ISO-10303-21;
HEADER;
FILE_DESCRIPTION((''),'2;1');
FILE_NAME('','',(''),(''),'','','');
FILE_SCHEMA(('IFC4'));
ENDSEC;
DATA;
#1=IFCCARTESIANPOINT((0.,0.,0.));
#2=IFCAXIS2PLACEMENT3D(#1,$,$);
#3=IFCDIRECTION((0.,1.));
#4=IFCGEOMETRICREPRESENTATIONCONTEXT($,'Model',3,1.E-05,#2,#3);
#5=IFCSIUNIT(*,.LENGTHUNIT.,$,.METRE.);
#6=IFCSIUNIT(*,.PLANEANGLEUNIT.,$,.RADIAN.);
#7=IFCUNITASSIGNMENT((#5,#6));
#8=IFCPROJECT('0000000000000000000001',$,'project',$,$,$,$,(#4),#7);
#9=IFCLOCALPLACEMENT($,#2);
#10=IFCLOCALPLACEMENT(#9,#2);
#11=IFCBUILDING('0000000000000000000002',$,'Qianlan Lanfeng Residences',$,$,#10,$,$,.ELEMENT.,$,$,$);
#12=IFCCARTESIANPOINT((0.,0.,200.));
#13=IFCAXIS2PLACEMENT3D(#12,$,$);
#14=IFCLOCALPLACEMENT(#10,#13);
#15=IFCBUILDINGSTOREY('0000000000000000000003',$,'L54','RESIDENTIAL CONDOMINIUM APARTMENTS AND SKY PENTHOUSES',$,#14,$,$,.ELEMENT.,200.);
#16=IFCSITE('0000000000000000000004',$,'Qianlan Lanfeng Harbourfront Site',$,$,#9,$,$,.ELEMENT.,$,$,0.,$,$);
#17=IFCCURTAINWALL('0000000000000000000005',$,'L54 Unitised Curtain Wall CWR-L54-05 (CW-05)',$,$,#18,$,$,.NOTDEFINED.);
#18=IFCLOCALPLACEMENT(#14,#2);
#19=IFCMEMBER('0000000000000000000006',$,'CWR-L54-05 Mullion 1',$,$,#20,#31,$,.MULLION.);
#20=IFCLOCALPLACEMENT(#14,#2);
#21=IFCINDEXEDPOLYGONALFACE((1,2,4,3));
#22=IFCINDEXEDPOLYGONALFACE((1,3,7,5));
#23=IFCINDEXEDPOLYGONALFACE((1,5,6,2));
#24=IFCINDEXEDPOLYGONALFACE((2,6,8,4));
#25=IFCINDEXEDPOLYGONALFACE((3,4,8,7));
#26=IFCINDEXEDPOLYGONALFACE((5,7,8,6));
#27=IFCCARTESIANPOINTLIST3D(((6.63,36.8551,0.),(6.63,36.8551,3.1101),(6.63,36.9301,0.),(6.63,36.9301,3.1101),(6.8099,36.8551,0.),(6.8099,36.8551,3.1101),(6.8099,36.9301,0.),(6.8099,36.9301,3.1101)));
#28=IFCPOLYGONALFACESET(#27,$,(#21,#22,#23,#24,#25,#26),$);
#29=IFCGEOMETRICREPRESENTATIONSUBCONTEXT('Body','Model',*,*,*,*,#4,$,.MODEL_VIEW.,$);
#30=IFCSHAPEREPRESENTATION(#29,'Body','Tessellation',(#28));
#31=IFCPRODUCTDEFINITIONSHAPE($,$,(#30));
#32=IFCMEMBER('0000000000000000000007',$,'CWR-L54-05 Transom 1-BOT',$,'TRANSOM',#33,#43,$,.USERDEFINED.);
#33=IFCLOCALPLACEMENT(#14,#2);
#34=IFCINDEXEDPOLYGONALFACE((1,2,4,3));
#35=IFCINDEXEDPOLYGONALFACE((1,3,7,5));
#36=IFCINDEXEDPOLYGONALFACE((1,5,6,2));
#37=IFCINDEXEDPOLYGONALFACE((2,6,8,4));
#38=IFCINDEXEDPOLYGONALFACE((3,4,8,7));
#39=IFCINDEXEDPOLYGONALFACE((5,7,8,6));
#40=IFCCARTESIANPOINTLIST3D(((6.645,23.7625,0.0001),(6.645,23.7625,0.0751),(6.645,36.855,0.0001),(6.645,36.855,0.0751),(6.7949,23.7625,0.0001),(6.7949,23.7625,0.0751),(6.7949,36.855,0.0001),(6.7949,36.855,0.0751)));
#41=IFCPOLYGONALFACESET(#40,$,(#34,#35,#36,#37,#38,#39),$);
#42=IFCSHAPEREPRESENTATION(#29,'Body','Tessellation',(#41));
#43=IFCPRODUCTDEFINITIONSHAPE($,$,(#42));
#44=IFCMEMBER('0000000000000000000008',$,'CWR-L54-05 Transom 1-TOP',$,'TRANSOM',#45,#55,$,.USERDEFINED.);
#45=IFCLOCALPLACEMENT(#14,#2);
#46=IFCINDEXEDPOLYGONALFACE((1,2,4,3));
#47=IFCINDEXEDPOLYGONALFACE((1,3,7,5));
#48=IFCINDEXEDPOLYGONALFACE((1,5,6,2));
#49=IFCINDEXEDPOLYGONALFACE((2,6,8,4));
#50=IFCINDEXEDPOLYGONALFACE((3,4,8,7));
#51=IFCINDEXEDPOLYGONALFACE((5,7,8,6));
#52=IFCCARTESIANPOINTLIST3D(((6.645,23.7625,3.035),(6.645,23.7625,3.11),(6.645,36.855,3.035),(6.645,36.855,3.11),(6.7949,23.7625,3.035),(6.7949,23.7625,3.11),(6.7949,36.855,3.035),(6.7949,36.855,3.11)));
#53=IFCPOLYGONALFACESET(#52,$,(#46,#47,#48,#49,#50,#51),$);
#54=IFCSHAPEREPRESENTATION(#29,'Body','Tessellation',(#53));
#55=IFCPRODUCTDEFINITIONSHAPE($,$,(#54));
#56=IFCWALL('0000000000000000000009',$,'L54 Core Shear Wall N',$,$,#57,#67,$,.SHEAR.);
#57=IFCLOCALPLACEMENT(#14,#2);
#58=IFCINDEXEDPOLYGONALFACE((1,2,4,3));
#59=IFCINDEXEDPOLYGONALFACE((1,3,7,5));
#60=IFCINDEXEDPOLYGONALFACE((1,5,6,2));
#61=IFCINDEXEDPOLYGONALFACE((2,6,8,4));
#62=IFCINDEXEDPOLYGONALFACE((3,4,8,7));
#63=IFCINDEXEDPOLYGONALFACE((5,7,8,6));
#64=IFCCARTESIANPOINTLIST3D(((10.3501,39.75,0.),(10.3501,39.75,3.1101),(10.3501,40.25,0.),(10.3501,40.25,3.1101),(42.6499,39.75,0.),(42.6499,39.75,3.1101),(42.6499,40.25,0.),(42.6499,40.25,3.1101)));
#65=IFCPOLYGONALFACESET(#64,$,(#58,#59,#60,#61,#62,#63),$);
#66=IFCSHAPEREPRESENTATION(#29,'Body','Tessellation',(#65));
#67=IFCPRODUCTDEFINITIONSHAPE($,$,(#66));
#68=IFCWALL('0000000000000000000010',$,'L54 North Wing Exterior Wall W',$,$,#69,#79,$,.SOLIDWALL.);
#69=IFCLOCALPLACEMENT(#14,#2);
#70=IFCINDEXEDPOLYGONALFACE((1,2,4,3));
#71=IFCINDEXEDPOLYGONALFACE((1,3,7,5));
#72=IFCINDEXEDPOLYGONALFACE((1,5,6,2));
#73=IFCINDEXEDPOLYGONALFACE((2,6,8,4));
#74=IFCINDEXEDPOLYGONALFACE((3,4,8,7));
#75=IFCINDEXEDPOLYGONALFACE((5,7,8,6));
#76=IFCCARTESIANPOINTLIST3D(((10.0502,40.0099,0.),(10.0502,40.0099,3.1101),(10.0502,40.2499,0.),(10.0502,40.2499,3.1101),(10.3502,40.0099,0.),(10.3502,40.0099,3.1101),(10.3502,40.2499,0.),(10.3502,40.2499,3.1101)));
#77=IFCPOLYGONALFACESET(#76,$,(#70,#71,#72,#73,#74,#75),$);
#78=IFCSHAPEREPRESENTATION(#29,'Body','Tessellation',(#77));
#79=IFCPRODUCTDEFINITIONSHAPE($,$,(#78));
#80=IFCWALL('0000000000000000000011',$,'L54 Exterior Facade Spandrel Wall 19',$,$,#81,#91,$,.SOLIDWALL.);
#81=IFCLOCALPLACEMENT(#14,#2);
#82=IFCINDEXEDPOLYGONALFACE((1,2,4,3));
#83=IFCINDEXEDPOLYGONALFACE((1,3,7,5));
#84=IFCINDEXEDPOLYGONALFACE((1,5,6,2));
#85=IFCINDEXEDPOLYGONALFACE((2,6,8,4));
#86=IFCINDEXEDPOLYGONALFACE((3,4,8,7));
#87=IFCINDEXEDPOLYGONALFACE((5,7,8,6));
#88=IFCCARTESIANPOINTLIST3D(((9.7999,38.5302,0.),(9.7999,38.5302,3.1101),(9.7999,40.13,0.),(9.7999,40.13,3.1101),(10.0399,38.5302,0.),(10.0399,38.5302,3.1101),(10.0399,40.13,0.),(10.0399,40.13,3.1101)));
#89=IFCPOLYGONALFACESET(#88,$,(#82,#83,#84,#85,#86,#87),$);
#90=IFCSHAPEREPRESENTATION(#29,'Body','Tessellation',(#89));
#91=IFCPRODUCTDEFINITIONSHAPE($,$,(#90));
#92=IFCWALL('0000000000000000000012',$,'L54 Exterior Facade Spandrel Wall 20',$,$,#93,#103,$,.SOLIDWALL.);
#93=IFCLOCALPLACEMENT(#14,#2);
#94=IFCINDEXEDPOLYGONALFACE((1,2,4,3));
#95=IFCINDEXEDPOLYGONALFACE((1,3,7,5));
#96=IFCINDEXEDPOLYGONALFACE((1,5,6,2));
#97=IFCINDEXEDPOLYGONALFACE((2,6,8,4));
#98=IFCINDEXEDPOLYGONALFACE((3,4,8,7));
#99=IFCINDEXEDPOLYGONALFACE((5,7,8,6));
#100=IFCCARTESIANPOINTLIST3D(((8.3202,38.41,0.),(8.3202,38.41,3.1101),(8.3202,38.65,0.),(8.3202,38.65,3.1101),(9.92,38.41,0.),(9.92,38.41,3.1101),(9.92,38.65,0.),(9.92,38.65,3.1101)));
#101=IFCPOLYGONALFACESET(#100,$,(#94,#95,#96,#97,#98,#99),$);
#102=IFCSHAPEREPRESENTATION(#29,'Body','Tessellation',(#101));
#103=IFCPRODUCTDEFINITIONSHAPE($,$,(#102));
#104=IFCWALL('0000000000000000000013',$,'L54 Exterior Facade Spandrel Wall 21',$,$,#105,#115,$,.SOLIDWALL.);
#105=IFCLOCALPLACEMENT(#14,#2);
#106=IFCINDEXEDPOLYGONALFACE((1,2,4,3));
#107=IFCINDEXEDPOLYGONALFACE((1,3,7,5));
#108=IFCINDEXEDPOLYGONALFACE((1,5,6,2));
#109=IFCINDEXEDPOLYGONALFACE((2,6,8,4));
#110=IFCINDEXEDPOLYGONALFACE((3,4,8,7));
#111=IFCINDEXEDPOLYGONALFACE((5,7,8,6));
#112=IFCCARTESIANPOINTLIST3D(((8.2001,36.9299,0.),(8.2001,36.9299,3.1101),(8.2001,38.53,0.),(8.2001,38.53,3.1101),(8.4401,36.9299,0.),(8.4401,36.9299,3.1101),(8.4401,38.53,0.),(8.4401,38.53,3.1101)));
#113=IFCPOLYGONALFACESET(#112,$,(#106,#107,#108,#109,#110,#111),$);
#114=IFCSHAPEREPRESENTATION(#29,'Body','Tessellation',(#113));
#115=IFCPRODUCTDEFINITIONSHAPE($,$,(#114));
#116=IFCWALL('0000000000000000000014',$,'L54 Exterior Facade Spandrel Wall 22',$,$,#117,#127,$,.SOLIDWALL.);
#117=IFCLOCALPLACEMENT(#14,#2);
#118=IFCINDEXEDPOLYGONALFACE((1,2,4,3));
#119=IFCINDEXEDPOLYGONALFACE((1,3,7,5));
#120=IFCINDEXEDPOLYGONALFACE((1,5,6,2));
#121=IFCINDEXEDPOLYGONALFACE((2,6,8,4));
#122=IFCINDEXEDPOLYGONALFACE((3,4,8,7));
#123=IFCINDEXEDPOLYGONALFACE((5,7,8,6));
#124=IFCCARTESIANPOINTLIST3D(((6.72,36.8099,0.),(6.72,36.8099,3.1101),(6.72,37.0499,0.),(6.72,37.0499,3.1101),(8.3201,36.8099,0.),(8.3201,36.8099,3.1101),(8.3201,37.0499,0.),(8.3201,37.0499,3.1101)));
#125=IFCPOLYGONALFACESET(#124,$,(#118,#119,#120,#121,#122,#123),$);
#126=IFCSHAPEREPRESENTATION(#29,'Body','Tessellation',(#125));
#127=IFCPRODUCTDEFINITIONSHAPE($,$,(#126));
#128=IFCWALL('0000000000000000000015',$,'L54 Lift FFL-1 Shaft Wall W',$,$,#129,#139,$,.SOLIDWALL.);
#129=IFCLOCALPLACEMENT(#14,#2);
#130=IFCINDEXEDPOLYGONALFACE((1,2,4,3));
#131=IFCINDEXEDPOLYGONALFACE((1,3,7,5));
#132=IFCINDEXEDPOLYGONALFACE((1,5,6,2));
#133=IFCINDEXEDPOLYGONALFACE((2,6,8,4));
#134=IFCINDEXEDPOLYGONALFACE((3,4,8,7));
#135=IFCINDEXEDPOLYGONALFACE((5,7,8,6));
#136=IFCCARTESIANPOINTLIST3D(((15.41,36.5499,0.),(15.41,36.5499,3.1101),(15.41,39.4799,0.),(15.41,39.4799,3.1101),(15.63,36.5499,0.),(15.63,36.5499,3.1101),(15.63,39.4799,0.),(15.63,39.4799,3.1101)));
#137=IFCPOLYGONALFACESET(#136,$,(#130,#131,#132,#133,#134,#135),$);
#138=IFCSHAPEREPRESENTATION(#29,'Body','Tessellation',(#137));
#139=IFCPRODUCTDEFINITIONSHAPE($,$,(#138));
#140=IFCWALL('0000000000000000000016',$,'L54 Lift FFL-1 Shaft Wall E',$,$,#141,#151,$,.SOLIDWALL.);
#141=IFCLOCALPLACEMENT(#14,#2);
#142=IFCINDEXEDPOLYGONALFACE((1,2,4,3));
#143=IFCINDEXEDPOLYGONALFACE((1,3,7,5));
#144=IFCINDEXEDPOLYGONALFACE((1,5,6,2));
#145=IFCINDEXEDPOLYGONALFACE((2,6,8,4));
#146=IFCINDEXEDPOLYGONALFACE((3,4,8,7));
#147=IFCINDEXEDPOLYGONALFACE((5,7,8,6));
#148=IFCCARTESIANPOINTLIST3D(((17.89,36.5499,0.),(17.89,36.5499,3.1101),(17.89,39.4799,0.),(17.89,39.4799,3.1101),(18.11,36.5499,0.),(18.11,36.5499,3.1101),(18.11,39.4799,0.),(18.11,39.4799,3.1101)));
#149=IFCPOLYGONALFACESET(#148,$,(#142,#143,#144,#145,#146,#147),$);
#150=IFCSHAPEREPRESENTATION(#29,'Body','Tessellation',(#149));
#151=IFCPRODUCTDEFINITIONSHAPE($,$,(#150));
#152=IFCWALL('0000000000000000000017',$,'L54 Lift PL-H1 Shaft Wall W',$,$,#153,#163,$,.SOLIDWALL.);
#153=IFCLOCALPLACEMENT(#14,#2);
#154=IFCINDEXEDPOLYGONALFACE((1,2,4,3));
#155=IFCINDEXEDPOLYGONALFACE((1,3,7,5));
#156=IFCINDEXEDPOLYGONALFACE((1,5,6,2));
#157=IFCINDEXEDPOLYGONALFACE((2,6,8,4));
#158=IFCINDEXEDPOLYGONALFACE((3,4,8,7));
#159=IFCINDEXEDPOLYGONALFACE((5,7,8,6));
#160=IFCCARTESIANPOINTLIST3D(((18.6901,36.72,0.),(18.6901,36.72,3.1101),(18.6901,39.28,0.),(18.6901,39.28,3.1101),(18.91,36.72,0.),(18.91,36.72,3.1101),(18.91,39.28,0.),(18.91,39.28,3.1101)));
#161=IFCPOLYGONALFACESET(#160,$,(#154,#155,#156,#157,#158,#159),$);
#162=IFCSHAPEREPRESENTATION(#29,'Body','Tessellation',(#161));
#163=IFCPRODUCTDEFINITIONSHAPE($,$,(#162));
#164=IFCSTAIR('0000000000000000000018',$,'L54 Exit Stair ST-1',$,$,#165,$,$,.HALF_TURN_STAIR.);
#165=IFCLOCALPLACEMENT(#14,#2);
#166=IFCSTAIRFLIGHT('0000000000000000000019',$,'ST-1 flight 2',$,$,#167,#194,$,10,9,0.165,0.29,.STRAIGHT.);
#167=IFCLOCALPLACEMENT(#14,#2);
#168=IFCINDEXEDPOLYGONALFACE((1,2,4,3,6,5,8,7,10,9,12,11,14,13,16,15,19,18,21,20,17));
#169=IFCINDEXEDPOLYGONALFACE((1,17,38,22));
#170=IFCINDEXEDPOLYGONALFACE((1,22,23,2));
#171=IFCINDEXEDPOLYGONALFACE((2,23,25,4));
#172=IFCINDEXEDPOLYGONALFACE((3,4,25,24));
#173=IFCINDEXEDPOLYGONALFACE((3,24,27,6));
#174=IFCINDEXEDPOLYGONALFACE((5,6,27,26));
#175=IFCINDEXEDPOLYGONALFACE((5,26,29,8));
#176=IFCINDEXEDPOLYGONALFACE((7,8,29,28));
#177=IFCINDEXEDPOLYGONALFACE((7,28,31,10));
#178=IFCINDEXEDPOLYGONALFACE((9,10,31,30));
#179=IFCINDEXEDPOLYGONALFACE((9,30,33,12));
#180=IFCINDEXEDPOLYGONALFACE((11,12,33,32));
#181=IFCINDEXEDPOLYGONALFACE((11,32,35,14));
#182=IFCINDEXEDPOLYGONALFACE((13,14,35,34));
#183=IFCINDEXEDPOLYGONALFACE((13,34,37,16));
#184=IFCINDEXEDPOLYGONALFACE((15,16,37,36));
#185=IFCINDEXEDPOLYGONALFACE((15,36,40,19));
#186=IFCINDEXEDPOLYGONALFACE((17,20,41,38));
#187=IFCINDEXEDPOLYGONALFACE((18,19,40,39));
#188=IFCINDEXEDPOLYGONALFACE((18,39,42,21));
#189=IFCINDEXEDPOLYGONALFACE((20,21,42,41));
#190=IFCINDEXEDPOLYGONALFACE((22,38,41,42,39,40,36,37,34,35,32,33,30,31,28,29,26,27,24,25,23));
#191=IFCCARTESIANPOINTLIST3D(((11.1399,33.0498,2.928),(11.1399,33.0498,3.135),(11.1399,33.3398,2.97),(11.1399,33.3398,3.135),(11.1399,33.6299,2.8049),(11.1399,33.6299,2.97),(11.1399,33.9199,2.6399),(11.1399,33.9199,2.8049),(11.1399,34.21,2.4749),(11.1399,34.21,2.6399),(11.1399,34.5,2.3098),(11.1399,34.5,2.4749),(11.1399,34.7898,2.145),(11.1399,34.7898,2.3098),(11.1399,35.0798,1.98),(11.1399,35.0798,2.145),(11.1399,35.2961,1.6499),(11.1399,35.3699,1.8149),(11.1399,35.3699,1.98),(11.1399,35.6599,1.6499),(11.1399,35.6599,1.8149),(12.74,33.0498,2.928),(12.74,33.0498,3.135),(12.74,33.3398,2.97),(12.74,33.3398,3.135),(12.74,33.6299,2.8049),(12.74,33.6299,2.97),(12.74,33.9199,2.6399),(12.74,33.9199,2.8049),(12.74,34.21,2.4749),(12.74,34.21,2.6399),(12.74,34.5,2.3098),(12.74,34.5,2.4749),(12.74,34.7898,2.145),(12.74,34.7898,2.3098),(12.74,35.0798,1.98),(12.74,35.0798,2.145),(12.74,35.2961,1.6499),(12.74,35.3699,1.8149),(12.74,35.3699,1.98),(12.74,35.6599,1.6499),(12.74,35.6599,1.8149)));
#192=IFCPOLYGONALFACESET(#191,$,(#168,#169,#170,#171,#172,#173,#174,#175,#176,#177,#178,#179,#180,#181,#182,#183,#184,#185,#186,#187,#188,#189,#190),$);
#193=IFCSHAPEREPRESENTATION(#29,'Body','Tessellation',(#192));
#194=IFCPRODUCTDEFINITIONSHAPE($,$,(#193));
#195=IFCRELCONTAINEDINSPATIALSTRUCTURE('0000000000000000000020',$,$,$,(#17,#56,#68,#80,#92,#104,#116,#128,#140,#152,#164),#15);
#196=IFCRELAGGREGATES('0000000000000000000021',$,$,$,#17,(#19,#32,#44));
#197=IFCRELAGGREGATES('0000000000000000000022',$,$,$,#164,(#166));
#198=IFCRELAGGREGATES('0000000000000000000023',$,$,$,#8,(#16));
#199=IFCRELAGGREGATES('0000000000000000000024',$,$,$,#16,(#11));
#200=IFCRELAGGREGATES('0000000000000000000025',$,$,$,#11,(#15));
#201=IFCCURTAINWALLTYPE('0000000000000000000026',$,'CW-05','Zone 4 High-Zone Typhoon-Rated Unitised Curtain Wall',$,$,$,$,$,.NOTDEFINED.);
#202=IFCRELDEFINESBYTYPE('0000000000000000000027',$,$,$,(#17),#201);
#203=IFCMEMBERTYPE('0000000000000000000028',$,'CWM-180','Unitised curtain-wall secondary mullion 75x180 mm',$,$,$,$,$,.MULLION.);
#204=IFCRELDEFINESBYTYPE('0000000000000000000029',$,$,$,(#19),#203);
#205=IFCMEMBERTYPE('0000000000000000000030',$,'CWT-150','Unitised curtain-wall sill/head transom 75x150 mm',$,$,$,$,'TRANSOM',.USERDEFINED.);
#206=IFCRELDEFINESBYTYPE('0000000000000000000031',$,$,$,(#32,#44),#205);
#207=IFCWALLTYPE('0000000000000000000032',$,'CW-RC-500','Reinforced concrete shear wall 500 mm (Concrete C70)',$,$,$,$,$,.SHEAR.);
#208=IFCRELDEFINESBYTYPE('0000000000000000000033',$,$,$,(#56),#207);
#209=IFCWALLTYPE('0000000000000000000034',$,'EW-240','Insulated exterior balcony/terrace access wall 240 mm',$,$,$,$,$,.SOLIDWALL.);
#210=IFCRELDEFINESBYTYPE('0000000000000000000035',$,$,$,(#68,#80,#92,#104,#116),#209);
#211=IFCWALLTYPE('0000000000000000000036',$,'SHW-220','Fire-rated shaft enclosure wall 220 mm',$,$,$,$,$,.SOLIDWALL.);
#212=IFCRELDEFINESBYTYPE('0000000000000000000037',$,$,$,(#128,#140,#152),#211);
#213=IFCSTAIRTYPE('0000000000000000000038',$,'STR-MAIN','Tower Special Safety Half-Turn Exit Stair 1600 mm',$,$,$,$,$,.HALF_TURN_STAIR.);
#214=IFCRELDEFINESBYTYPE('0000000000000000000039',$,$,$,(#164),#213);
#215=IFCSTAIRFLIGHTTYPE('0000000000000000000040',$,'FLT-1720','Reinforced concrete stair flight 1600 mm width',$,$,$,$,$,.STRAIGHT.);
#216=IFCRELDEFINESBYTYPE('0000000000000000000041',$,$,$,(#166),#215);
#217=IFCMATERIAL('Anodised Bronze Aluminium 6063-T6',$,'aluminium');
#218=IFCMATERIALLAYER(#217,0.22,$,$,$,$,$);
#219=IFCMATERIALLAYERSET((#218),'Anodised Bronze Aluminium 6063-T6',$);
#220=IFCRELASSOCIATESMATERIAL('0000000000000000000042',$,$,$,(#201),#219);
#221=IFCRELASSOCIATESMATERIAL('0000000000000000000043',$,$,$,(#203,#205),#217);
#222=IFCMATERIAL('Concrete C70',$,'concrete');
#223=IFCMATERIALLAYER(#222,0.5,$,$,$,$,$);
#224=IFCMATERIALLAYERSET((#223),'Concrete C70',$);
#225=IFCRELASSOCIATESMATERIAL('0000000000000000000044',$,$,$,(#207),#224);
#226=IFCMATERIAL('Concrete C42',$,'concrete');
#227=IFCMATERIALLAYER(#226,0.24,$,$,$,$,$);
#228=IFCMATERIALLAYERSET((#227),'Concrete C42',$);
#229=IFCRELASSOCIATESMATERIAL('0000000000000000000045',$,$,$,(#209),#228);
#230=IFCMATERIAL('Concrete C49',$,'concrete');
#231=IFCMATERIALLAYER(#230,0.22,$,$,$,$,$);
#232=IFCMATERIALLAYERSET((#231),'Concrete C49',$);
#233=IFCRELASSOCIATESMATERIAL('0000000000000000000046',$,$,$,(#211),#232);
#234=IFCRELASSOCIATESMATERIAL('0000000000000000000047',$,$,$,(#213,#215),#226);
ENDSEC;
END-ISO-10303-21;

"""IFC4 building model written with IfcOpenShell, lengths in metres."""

from ifc_helpers import new_model, si_unit, direction, frame, frame_2d, origin, origin_2d, place, context, subcontext, project, spatial, polyline, rectangle, outline, extrude, source, transform, mapped, material, layer, layer_set, material_profile, profile_set, type_object, element, aggregate, save


model = new_model("IFC4")

# Units and contexts
model_context = context("Model", 3, precision=1e-05, world=origin(), true_north=direction((0.0, 1.0)))
body_context = subcontext(model_context, "Body", "Model", "MODEL_VIEW")
ifc_project = project(units=[si_unit("LENGTHUNIT", "METRE"), si_unit("PLANEANGLEUNIT", "RADIAN")], contexts=[model_context])

# Site, building, storey
site_placement = place(None, origin())
site = spatial("IfcSite", under=ifc_project, at=site_placement, Name="Qianlan Lanfeng Harbourfront Site", CompositionType="ELEMENT", RefElevation=0.0)
building_placement = place(site_placement, origin())
building = spatial("IfcBuilding", under=site, at=building_placement, Name="Qianlan Lanfeng Residences", CompositionType="ELEMENT")
storey_placement = place(building_placement, frame((0.0, 0.0, 200.0)))
storey = spatial("IfcBuildingStorey", under=building, at=storey_placement, Name="L54", Description="RESIDENTIAL CONDOMINIUM APARTMENTS AND SKY PENTHOUSES", CompositionType="ELEMENT", Elevation=200.0)

# Curtain wall, members
ifc_material_1 = material(Name="Anodised Bronze Aluminium 6063-T6", Category="aluminium")
ifc_layer_1 = layer(ifc_material_1, 0.22)
ifc_layer_set_1 = layer_set([ifc_layer_1], Name="Anodised Bronze Aluminium 6063-T6")
curtain_wall_type = type_object("IfcCurtainWallType", Name="CW-05", Description="Zone 4 High-Zone Typhoon-Rated Unitised Curtain Wall", PredefinedType="NOTDEFINED", material=ifc_layer_set_1)
curtain_wall_placement = place(storey_placement, origin())
curtain_wall = element("IfcCurtainWall", 1, at=curtain_wall_placement, inside=storey, type_object=curtain_wall_type, Name="L54 Unitised Curtain Wall CWR-L54-05 (CW-05)", PredefinedType="NOTDEFINED")
ifc_material_profile_1 = material_profile(ifc_material_1, rectangle(XDim=0.075, YDim=0.1799, at=origin_2d()), Name="ALU MULLION 75x180")
ifc_profile_set_1 = profile_set([ifc_material_profile_1], Name="Anodised Bronze Aluminium 6063-T6")
member_type_1 = type_object("IfcMemberType", Name="CWM-180", Description="Unitised curtain-wall secondary mullion 75x180 mm", PredefinedType="MULLION", material=ifc_profile_set_1)
shared_shape_1 = source(origin(), body_context, "Body", "SweptSolid", [
    extrude(rectangle(XDim=0.075, YDim=0.1799, at=origin_2d()), origin(), (0.0, 0.0, 1.0), 3.1101),
])
member_1_placement = place(storey_placement, frame((6.72, 36.8926, 0.0), z_axis=(0.0, 0.0, 1.0), x_axis=(0.0, -1.0, 0.0)))
member_1 = element("IfcMember", 2, at=member_1_placement, type_object=member_type_1, Name="CWR-L54-05 Mullion 1", PredefinedType="MULLION", context=body_context, shape_type="MappedRepresentation", body=[
    mapped(shared_shape_1, transform((0.0, 0.0, 0.0), scale=1.0)),
])
ifc_material_profile_2 = material_profile(ifc_material_1, rectangle(XDim=0.075, YDim=0.1499, at=origin_2d()), Name="ALU TRANSOM 75x150")
ifc_profile_set_2 = profile_set([ifc_material_profile_2], Name="Anodised Bronze Aluminium 6063-T6")
member_type_2 = type_object("IfcMemberType", Name="CWT-150", Description="Unitised curtain-wall sill/head transom 75x150 mm", ElementType="TRANSOM", PredefinedType="USERDEFINED", material=ifc_profile_set_2)
shared_shape_2 = source(origin(), body_context, "Body", "SweptSolid", [
    extrude(rectangle(XDim=0.075, YDim=0.1499, at=origin_2d()), origin(), (0.0, 0.0, 1.0), 13.0925),
])
member_2_placement = place(storey_placement, frame((6.72, 36.855, 0.0376), z_axis=(0.0, -1.0, 0.0), x_axis=(0.0, 0.0, 1.0)))
member_2 = element("IfcMember", 3, at=member_2_placement, type_object=member_type_2, Name="CWR-L54-05 Transom 1-BOT", ObjectType="TRANSOM", PredefinedType="USERDEFINED", context=body_context, shape_type="MappedRepresentation", body=[
    mapped(shared_shape_2, transform((0.0, 0.0, 0.0), scale=1.0)),
])
member_3_placement = place(storey_placement, frame((6.72, 36.855, 3.0725), z_axis=(0.0, -1.0, 0.0), x_axis=(0.0, 0.0, 1.0)))
member_3 = element("IfcMember", 4, at=member_3_placement, type_object=member_type_2, Name="CWR-L54-05 Transom 1-TOP", ObjectType="TRANSOM", PredefinedType="USERDEFINED", context=body_context, shape_type="MappedRepresentation", body=[
    mapped(shared_shape_2, transform((0.0, 0.0, 0.0), scale=1.0)),
])
aggregate(curtain_wall, [member_1, member_2, member_3])

# Shared definitions
ifc_material_2 = material(Name="Concrete C49", Category="concrete")

# Walls
ifc_material_3 = material(Name="Concrete C70", Category="concrete")
ifc_layer_2 = layer(ifc_material_3, 0.5)
ifc_layer_set_2 = layer_set([ifc_layer_2], Name="Concrete C70")
wall_type_1 = type_object("IfcWallType", Name="CW-RC-500", Description="Reinforced concrete shear wall 500 mm (Concrete C70)", PredefinedType="SHEAR", material=ifc_layer_set_2)
wall_1_placement = place(storey_placement, frame((10.3501, 40.0, 0.0), z_axis=(0.0, 0.0, 1.0), x_axis=(1.0, 0.0, 0.0)))
element("IfcWall", 5, at=wall_1_placement, inside=storey, type_object=wall_type_1, Name="L54 Core Shear Wall N", PredefinedType="SHEAR", context=body_context, shape_type="SweptSolid", body=[
    extrude(rectangle(XDim=32.2998, YDim=0.5, at=frame_2d((16.1499, 0.0))), origin(), (0.0, 0.0, 1.0), 3.1101),
])
ifc_material_4 = material(Name="Concrete C42", Category="concrete")
ifc_layer_3 = layer(ifc_material_4, 0.24)
ifc_layer_set_3 = layer_set([ifc_layer_3], Name="Concrete C42")
wall_type_2 = type_object("IfcWallType", Name="EW-240", Description="Insulated exterior balcony/terrace access wall 240 mm", PredefinedType="SOLIDWALL", material=ifc_layer_set_3)
wall_2_placement = place(storey_placement, frame((10.3501, 40.1299, 0.0), z_axis=(0.0, 0.0, 1.0), x_axis=(-1.0, 0.0, 0.0)))
element("IfcWall", 6, at=wall_2_placement, inside=storey, type_object=wall_type_2, Name="L54 North Wing Exterior Wall W", PredefinedType="SOLIDWALL", context=body_context, shape_type="SweptSolid", body=[
    extrude(rectangle(XDim=0.3, YDim=0.24, at=frame_2d((0.1499, 0.0))), origin(), (0.0, 0.0, 1.0), 3.1101),
])
for number, where, z_axis, x_axis, name in (
    (7, (9.9199, 40.1299, 0.0), (0.0, 0.0, 1.0), (0.0, -1.0, 0.0), "L54 Exterior Facade Spandrel Wall 19"),
    (8, (9.9199, 38.53, 0.0), (0.0, 0.0, 1.0), (-1.0, 0.0, 0.0), "L54 Exterior Facade Spandrel Wall 20"),
):
    element("IfcWall", number, at=place(storey_placement, frame(where, z_axis=z_axis, x_axis=x_axis)), inside=storey, type_object=wall_type_2, Name=name, PredefinedType="SOLIDWALL", context=body_context, shape_type="SweptSolid", body=[
        extrude(rectangle(XDim=1.5999, YDim=0.24, at=frame_2d((0.7998, 0.0))), origin(), (0.0, 0.0, 1.0), 3.1101),
    ])
for number, where, z_axis, x_axis, name in (
    (9, (8.3201, 38.53, 0.0), (0.0, 0.0, 1.0), (0.0, -1.0, 0.0), "L54 Exterior Facade Spandrel Wall 21"),
    (10, (8.3201, 36.9299, 0.0), (0.0, 0.0, 1.0), (-1.0, 0.0, 0.0), "L54 Exterior Facade Spandrel Wall 22"),
):
    element("IfcWall", number, at=place(storey_placement, frame(where, z_axis=z_axis, x_axis=x_axis)), inside=storey, type_object=wall_type_2, Name=name, PredefinedType="SOLIDWALL", context=body_context, shape_type="SweptSolid", body=[
        extrude(rectangle(XDim=1.6001, YDim=0.24, at=frame_2d((0.8, 0.0))), origin(), (0.0, 0.0, 1.0), 3.1101),
    ])

# Walls
ifc_layer_4 = layer(ifc_material_2, 0.22)
ifc_layer_set_4 = layer_set([ifc_layer_4], Name="Concrete C49")
wall_type_3 = type_object("IfcWallType", Name="SHW-220", Description="Fire-rated shaft enclosure wall 220 mm", PredefinedType="SOLIDWALL", material=ifc_layer_set_4)
for number, where, z_axis, x_axis, name in (
    (11, (15.52, 36.55, 0.0), (0.0, 0.0, 1.0), (0.0, 1.0, 0.0), "L54 Lift FFL-1 Shaft Wall W"),
    (12, (18.0, 36.55, 0.0), (0.0, 0.0, 1.0), (0.0, 1.0, 0.0), "L54 Lift FFL-1 Shaft Wall E"),
):
    element("IfcWall", number, at=place(storey_placement, frame(where, z_axis=z_axis, x_axis=x_axis)), inside=storey, type_object=wall_type_3, Name=name, PredefinedType="SOLIDWALL", context=body_context, shape_type="SweptSolid", body=[
        extrude(rectangle(XDim=2.9299, YDim=0.22, at=frame_2d((1.4648, 0.0))), origin(), (0.0, 0.0, 1.0), 3.1101),
    ])
wall_3_placement = place(storey_placement, frame((18.8, 36.72, 0.0), z_axis=(0.0, 0.0, 1.0), x_axis=(0.0, 1.0, 0.0)))
element("IfcWall", 13, at=wall_3_placement, inside=storey, type_object=wall_type_3, Name="L54 Lift PL-H1 Shaft Wall W", PredefinedType="SOLIDWALL", context=body_context, shape_type="SweptSolid", body=[
    extrude(rectangle(XDim=2.5601, YDim=0.22, at=frame_2d((1.28, 0.0))), origin(), (0.0, 0.0, 1.0), 3.1101),
])

# Stair, stair flight
stair_type = type_object("IfcStairType", Name="STR-MAIN", Description="Tower Special Safety Half-Turn Exit Stair 1600 mm", PredefinedType="HALF_TURN_STAIR", material=ifc_material_4)
stair_placement = place(storey_placement, origin())
stair = element("IfcStair", 14, at=stair_placement, inside=storey, type_object=stair_type, Name="L54 Exit Stair ST-1", PredefinedType="HALF_TURN_STAIR")
stair_flight_type = type_object("IfcStairFlightType", Name="FLT-1720", Description="Reinforced concrete stair flight 1600 mm width", PredefinedType="STRAIGHT", material=ifc_material_4)
stair_flight_placement = place(storey_placement, frame((11.9399, 35.6599, 1.6499), z_axis=(0.0, 0.0, 1.0), x_axis=(0.0, -1.0, 0.0)))
stair_flight = element("IfcStairFlight", 15, at=stair_flight_placement, type_object=stair_flight_type, Name="ST-1 flight 2", NumberOfRisers=10, NumberOfTreads=9, PredefinedType="STRAIGHT", RiserHeight=0.165, TreadLength=0.29, context=body_context, shape_type="SweptSolid", body=[
    extrude(outline(polyline([(0.0, 0.0), (0.0, 0.165), (0.29, 0.165), (0.29, 0.3301), (0.5801, 0.3301), (0.5801, 0.4951), (0.8701, 0.4951), (0.8701, 0.6599), (1.1599, 0.6599), (1.1599, 0.825), (1.45, 0.825), (1.45, 0.99), (1.74, 0.99), (1.74, 1.155), (2.03, 1.155), (2.03, 1.3201), (2.3201, 1.3201), (2.3201, 1.4851), (2.6101, 1.4851), (2.6101, 1.6499), (2.6101, 1.2781), (0.3638, 0.0), (0.0, 0.0)])), frame((0.0, 0.8, 0.0), z_axis=(0.0, -1.0, 0.0), x_axis=(1.0, 0.0, 0.0)), (0.0, 0.0, 1.0), 1.6001),
])
aggregate(stair, [stair_flight])

save(model, "model.ifc")
